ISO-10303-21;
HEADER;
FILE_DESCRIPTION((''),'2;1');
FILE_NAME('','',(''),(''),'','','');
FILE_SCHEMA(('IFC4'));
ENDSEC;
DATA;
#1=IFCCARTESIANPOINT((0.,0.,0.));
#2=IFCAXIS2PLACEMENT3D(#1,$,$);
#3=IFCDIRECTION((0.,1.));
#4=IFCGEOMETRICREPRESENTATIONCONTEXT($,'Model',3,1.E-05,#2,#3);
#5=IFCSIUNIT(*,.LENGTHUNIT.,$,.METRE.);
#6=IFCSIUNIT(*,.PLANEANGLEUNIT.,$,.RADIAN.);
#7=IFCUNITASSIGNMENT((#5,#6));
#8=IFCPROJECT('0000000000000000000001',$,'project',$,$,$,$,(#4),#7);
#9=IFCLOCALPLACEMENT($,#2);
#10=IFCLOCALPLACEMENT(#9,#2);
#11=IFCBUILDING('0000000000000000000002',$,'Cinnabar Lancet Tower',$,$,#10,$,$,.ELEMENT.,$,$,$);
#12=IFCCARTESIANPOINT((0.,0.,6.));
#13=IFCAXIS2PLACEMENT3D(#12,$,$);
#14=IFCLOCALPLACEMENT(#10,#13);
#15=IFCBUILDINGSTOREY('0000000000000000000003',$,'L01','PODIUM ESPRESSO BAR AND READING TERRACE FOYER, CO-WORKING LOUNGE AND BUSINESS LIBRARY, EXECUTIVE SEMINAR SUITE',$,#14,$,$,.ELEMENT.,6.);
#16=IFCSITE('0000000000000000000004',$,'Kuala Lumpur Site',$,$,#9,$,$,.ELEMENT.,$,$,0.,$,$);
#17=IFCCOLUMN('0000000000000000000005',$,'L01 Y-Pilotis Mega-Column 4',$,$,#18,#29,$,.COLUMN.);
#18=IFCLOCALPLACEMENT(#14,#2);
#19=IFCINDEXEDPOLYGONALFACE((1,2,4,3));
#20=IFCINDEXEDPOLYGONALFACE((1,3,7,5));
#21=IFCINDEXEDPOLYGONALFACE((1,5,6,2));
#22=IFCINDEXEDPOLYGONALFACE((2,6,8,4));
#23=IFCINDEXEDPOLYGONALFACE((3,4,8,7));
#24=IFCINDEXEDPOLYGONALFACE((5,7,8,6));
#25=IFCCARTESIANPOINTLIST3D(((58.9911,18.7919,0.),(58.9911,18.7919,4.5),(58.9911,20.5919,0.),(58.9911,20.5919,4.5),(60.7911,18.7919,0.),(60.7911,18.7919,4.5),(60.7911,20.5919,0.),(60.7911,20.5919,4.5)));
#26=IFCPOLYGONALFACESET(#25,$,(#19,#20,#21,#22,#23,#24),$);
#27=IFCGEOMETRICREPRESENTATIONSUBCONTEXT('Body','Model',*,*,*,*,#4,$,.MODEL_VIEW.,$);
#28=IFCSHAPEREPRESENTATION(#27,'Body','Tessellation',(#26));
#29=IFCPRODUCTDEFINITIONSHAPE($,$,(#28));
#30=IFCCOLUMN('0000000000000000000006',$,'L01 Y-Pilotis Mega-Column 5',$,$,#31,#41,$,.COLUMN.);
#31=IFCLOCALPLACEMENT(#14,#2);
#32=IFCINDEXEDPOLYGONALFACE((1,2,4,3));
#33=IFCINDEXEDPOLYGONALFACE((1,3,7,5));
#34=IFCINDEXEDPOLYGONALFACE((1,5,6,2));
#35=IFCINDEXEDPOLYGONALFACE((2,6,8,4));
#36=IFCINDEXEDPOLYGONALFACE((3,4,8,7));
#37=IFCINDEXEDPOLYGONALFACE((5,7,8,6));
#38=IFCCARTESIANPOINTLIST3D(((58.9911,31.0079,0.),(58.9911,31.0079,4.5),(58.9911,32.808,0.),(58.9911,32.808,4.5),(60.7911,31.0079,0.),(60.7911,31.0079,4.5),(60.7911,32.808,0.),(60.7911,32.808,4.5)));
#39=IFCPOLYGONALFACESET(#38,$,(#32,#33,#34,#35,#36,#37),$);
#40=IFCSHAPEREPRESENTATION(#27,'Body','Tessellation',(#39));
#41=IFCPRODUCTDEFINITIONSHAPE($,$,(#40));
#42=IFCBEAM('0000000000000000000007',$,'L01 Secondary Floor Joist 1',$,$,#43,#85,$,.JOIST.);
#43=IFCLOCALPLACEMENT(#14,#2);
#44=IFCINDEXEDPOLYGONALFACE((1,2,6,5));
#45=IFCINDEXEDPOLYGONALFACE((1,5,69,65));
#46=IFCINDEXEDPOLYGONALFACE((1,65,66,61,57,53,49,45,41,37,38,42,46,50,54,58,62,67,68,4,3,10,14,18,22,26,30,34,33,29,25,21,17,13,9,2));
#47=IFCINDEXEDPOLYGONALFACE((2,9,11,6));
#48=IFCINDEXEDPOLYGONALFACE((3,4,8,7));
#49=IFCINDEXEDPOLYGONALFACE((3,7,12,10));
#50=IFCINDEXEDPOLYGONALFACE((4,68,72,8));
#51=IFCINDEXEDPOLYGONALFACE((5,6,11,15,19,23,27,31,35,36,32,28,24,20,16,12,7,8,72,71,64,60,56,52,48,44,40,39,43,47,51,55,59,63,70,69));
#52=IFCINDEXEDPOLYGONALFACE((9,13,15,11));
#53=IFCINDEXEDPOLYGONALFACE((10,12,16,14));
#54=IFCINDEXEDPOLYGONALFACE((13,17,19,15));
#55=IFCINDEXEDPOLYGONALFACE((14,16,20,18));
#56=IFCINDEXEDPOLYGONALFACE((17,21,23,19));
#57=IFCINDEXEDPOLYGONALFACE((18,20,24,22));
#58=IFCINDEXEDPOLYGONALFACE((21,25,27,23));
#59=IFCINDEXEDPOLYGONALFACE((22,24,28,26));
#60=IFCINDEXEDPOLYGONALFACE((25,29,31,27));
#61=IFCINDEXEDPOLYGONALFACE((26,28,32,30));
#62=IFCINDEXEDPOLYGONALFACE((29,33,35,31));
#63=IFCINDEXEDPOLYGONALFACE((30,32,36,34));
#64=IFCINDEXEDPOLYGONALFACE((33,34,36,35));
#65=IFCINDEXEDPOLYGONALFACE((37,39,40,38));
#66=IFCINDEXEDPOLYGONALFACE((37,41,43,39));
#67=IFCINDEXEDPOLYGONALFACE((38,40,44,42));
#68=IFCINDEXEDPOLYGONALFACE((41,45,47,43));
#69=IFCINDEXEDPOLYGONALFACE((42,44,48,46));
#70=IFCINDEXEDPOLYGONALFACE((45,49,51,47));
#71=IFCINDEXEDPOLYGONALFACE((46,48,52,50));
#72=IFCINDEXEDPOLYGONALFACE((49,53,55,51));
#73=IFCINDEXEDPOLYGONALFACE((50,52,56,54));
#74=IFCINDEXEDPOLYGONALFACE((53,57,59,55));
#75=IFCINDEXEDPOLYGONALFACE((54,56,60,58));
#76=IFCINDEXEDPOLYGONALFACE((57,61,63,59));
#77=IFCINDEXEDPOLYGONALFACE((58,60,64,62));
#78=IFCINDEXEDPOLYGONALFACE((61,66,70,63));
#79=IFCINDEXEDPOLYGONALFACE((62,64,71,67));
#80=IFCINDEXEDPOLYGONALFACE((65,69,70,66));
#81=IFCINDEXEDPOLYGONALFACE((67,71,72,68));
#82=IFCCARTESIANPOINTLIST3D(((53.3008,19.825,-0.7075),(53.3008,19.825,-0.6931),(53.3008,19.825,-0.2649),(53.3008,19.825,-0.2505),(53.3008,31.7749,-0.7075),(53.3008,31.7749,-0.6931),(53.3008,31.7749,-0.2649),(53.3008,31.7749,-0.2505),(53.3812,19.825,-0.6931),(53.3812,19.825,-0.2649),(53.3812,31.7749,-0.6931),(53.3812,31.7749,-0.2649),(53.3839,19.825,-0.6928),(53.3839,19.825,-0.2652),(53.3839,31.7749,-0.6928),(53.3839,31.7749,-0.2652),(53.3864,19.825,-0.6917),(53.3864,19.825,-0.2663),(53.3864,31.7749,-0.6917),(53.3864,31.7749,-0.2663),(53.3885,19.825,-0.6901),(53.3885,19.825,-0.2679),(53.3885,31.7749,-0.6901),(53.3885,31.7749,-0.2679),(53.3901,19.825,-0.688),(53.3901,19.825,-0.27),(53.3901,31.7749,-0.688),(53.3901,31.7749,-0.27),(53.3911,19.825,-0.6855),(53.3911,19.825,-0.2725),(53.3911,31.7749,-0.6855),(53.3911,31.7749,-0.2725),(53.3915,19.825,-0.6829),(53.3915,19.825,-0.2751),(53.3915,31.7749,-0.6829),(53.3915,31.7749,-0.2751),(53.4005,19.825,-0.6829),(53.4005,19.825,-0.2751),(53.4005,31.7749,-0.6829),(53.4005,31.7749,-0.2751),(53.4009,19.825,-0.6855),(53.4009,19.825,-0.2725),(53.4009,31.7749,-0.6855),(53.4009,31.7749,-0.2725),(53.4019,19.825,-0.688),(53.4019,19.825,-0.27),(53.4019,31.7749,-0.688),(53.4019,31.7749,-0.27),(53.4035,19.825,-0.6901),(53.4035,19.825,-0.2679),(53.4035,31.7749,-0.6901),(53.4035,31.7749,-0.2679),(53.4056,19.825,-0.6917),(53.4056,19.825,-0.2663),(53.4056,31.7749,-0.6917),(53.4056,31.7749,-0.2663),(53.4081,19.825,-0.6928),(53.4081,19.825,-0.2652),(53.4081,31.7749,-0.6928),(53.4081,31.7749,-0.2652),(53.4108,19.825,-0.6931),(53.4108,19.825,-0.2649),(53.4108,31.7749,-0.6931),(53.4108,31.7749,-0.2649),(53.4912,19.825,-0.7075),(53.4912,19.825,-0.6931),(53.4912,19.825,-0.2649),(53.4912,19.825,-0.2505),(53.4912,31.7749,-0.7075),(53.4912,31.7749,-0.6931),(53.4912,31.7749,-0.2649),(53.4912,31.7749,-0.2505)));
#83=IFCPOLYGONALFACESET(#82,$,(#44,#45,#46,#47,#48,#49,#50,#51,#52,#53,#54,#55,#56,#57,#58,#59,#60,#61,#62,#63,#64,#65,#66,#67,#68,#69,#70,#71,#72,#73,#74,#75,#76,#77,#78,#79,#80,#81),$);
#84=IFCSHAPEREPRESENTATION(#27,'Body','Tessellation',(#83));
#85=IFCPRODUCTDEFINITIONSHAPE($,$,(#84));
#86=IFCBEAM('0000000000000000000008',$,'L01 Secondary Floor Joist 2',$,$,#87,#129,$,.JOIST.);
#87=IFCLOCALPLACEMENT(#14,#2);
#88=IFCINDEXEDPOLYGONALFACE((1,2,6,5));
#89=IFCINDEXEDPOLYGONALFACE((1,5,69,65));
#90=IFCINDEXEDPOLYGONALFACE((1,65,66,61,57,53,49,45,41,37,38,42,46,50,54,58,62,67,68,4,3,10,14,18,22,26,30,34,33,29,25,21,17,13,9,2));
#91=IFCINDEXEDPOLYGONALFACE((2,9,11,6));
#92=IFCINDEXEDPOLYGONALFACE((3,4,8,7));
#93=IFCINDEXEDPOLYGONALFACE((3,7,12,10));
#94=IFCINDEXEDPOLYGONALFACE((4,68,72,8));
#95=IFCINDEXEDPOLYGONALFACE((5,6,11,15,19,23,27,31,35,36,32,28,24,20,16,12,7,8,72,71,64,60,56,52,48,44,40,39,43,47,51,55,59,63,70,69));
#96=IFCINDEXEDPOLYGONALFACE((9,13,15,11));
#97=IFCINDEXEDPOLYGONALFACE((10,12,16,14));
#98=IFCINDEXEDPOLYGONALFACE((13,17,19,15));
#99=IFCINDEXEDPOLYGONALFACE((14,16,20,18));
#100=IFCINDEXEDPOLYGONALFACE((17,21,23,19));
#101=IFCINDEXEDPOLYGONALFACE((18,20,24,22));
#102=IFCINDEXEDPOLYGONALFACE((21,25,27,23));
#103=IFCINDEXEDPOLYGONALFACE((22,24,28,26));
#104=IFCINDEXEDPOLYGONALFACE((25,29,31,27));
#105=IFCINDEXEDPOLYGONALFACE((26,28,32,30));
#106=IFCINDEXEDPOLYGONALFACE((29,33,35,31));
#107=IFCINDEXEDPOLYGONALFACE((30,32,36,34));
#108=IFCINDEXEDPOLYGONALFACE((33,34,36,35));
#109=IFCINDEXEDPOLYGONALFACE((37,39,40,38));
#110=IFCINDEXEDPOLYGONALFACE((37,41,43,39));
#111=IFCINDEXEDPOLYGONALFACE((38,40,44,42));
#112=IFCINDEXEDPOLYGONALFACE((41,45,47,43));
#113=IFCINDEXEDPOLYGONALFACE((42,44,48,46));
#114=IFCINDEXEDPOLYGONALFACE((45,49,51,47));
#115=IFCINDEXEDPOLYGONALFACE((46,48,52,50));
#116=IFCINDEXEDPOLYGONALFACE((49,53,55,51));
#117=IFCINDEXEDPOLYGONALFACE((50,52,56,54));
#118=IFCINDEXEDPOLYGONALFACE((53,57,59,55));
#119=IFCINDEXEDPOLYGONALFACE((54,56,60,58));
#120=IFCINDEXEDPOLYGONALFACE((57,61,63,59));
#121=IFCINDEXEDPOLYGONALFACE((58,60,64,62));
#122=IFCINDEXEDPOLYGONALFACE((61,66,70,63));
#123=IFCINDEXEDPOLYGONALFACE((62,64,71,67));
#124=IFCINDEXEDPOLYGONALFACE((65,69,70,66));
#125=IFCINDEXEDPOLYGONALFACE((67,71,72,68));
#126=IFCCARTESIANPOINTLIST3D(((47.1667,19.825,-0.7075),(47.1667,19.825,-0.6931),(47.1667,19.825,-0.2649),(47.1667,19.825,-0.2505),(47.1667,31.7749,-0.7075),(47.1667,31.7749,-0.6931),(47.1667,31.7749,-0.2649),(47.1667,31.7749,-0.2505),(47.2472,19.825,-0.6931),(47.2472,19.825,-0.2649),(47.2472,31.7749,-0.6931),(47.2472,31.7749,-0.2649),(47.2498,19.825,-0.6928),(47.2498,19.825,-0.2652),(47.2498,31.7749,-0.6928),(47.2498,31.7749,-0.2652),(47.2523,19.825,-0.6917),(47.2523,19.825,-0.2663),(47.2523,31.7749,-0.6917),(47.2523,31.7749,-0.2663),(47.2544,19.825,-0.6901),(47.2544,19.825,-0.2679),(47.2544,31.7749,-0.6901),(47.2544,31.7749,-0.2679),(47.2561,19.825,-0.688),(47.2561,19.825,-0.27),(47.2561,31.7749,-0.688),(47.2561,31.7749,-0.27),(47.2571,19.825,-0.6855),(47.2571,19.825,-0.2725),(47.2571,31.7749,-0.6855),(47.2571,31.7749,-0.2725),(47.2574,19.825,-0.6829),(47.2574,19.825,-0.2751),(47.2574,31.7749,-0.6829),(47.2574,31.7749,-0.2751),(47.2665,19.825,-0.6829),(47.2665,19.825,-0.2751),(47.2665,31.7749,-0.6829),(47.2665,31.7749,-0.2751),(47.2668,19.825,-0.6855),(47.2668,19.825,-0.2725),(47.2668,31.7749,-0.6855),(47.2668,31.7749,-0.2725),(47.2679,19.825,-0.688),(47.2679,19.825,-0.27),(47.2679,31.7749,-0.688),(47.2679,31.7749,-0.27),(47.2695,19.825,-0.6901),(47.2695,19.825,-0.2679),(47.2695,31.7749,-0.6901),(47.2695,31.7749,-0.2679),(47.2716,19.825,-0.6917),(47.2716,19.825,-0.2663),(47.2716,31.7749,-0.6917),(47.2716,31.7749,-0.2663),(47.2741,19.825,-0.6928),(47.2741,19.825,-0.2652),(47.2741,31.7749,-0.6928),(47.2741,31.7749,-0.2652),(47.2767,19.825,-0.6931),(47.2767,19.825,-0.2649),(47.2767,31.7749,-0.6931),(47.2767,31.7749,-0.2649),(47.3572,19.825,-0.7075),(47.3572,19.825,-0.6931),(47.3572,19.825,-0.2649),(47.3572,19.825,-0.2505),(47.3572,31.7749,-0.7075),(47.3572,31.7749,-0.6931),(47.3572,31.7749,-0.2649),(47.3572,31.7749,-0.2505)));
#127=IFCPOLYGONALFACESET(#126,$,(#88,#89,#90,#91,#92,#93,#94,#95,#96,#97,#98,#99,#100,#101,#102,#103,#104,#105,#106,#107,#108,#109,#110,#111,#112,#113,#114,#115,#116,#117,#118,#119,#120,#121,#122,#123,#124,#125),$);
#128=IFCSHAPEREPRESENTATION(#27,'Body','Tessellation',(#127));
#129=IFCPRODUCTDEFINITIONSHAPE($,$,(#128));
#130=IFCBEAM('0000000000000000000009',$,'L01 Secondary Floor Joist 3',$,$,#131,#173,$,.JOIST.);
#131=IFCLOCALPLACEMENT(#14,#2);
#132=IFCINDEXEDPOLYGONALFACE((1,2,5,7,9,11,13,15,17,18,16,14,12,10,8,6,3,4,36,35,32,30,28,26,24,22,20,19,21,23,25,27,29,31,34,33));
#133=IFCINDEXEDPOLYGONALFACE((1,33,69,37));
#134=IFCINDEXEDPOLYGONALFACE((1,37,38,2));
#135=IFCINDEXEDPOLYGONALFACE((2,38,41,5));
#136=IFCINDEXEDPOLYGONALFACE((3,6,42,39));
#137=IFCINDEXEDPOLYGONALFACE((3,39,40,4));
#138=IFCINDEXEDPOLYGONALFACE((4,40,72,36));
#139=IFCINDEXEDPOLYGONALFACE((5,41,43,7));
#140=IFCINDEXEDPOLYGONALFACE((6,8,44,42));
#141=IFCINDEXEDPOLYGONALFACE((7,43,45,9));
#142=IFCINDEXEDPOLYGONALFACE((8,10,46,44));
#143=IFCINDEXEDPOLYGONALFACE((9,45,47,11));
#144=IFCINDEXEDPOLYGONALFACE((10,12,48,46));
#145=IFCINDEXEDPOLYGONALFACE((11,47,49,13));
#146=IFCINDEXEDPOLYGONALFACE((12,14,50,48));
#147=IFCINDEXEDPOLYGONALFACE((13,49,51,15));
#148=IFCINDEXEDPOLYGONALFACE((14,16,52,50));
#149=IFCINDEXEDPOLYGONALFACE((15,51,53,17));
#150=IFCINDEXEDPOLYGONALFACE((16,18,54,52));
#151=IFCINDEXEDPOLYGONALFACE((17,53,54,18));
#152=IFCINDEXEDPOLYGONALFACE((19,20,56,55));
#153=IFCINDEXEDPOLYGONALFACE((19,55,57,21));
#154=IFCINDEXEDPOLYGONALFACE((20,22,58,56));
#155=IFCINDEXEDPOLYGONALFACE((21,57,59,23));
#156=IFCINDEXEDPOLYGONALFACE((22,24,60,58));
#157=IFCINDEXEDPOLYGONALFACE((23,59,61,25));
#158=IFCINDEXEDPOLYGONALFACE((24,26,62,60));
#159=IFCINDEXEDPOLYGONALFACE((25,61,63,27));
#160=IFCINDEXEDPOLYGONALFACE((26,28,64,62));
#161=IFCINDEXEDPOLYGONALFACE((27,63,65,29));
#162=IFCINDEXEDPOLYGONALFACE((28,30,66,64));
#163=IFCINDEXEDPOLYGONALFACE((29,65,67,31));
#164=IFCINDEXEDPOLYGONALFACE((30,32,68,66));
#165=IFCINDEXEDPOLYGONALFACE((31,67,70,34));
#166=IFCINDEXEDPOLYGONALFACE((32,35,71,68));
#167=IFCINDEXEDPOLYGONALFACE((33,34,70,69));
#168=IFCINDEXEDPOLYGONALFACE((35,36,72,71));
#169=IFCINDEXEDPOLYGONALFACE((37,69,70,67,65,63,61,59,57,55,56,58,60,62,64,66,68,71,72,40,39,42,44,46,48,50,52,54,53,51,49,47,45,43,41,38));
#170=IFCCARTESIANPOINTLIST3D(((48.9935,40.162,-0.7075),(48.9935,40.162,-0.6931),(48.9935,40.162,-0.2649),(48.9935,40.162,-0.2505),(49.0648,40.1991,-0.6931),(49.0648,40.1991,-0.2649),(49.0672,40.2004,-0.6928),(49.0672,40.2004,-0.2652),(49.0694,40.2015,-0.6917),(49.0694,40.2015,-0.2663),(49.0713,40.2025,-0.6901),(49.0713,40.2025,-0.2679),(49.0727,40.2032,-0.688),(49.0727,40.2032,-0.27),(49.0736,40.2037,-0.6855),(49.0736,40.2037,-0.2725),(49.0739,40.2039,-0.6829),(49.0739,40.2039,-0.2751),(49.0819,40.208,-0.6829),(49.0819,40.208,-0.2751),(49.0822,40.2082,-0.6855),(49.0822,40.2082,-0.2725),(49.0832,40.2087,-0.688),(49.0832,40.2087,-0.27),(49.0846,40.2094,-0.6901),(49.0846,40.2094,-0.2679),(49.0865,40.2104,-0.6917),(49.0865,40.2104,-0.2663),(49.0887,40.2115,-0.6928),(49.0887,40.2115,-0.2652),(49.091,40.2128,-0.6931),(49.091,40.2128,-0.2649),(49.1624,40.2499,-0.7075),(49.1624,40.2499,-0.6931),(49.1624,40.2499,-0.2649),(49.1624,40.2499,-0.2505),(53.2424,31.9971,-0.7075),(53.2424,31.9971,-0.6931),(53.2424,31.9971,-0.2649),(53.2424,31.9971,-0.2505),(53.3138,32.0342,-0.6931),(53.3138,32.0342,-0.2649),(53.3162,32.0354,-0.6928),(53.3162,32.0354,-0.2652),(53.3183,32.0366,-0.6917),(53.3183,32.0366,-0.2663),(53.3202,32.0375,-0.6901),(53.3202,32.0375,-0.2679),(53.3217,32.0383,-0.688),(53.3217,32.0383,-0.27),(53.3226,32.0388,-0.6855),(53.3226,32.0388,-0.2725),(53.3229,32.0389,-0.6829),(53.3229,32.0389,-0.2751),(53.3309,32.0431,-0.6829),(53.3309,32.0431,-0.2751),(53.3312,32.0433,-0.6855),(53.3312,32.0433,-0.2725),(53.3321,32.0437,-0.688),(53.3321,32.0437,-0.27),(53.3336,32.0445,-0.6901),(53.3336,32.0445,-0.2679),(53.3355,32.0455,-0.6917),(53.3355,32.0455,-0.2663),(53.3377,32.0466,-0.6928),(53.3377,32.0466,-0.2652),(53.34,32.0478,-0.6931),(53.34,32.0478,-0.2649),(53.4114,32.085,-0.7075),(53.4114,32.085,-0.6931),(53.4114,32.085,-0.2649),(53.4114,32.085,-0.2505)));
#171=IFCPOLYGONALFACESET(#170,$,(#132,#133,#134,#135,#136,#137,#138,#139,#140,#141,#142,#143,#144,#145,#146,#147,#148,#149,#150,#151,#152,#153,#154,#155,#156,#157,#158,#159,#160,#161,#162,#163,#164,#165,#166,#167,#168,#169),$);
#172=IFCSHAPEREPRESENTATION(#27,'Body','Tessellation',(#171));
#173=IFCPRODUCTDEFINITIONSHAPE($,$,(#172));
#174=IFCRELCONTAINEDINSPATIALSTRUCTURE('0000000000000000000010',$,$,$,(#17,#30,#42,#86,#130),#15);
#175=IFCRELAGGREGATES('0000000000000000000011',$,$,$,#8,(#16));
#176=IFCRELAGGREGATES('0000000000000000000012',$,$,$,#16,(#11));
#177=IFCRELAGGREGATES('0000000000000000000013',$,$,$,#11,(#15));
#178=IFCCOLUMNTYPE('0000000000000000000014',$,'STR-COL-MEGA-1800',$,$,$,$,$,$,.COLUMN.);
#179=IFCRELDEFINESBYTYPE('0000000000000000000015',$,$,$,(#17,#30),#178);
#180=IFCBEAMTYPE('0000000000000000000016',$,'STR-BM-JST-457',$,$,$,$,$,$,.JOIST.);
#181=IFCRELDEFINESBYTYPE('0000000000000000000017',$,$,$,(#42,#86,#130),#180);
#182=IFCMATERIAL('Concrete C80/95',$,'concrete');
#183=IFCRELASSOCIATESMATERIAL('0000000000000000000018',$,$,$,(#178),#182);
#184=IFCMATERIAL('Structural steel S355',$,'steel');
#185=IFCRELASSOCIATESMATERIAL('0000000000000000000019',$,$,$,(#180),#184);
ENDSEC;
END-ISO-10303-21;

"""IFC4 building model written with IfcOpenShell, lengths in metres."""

from ifc_helpers import new_model, si_unit, direction, frame, origin, origin_2d, place, context, subcontext, project, spatial, rectangle, i_section, extrude, material, material_profile, profile_set, type_object, element, save


model = new_model("IFC4")

# Units and contexts
model_context = context("Model", 3, precision=1e-05, world=origin(), true_north=direction((0.0, 1.0)))
body_context = subcontext(model_context, "Body", "Model", "MODEL_VIEW")
ifc_project = project(units=[si_unit("LENGTHUNIT", "METRE"), si_unit("PLANEANGLEUNIT", "RADIAN")], contexts=[model_context])

# Site, building, storey
site_placement = place(None, origin())
site = spatial("IfcSite", under=ifc_project, at=site_placement, Name="Kuala Lumpur Site", CompositionType="ELEMENT", RefElevation=0.0)
building_placement = place(site_placement, origin())
building = spatial("IfcBuilding", under=site, at=building_placement, Name="Cinnabar Lancet Tower", CompositionType="ELEMENT")
storey_placement = place(building_placement, frame((0.0, 0.0, 6.0)))
storey = spatial("IfcBuildingStorey", under=building, at=storey_placement, Name="L01", Description="PODIUM ESPRESSO BAR AND READING TERRACE FOYER, CO-WORKING LOUNGE AND BUSINESS LIBRARY, EXECUTIVE SEMINAR SUITE", CompositionType="ELEMENT", Elevation=6.0)

# Columns
ifc_material_1 = material(Name="Concrete C80/95", Category="concrete")
ifc_material_profile_1 = material_profile(ifc_material_1, rectangle(XDim=1.8, YDim=1.8, at=origin_2d()), Name="RC-MEGA 1800x1800")
ifc_profile_set_1 = profile_set([ifc_material_profile_1], Name="Concrete C80/95")
column_type = type_object("IfcColumnType", Name="STR-COL-MEGA-1800", PredefinedType="COLUMN", material=ifc_profile_set_1)
for number, where, z_axis, x_axis, name in (
    (1, (59.8911, 19.6919, 0.0), (0.0, 0.0, 1.0), (1.0, 0.0, 0.0), "L01 Y-Pilotis Mega-Column 4"),
    (2, (59.8911, 31.908, 0.0), (0.0, 0.0, 1.0), (1.0, 0.0, 0.0), "L01 Y-Pilotis Mega-Column 5"),
):
    element("IfcColumn", number, at=place(storey_placement, frame(where, z_axis=z_axis, x_axis=x_axis)), inside=storey, type_object=column_type, Name=name, PredefinedType="COLUMN", context=body_context, shape_type="SweptSolid", body=[
        extrude(rectangle(XDim=1.8, YDim=1.8, at=origin_2d()), origin(), (0.0, 0.0, 1.0), 4.5),
    ])

# Beams
ifc_material_2 = material(Name="Structural steel S355", Category="steel")
ifc_material_profile_2 = material_profile(ifc_material_2, i_section(OverallWidth=0.1904, OverallDepth=0.457, WebThickness=0.009, FlangeThickness=0.0144, FilletRadius=0.0103, at=origin_2d()), Name="UKB 457x191x74")
ifc_profile_set_2 = profile_set([ifc_material_profile_2], Name="Structural steel S355")
beam_type_1 = type_object("IfcBeamType", Name="STR-BM-JST-457", PredefinedType="JOIST", material=ifc_profile_set_2)
for number, where, z_axis, x_axis, name in (
    (3, (53.396, 19.825, -0.479), (0.0, 1.0, 0.0), (-1.0, 0.0, 0.0), "L01 Secondary Floor Joist 1"),
    (4, (47.262, 19.825, -0.479), (0.0, 1.0, 0.0), (-1.0, 0.0, 0.0), "L01 Secondary Floor Joist 2"),
):
    element("IfcBeam", number, at=place(storey_placement, frame(where, z_axis=z_axis, x_axis=x_axis)), inside=storey, type_object=beam_type_1, Name=name, PredefinedType="JOIST", context=body_context, shape_type="SweptSolid", body=[
        extrude(i_section(OverallWidth=0.1904, OverallDepth=0.457, WebThickness=0.009, FlangeThickness=0.0144, FilletRadius=0.0103, at=origin_2d()), origin(), (0.0, 0.0, 1.0), 11.95),
    ])
beam_1_placement = place(storey_placement, frame((53.3269, 32.041, -0.479), z_axis=(-0.461627, 0.887074, 0.0), x_axis=(-0.887074, -0.461627, 0.0)))
element("IfcBeam", 5, at=beam_1_placement, inside=storey, type_object=beam_type_1, Name="L01 Secondary Floor Joist 3", PredefinedType="JOIST", context=body_context, shape_type="SweptSolid", body=[
    extrude(i_section(OverallWidth=0.1904, OverallDepth=0.457, WebThickness=0.009, FlangeThickness=0.0144, FilletRadius=0.0103, at=origin_2d()), origin(), (0.0, 0.0, 1.0), 9.2043),
])

save(model, "model.ifc")
